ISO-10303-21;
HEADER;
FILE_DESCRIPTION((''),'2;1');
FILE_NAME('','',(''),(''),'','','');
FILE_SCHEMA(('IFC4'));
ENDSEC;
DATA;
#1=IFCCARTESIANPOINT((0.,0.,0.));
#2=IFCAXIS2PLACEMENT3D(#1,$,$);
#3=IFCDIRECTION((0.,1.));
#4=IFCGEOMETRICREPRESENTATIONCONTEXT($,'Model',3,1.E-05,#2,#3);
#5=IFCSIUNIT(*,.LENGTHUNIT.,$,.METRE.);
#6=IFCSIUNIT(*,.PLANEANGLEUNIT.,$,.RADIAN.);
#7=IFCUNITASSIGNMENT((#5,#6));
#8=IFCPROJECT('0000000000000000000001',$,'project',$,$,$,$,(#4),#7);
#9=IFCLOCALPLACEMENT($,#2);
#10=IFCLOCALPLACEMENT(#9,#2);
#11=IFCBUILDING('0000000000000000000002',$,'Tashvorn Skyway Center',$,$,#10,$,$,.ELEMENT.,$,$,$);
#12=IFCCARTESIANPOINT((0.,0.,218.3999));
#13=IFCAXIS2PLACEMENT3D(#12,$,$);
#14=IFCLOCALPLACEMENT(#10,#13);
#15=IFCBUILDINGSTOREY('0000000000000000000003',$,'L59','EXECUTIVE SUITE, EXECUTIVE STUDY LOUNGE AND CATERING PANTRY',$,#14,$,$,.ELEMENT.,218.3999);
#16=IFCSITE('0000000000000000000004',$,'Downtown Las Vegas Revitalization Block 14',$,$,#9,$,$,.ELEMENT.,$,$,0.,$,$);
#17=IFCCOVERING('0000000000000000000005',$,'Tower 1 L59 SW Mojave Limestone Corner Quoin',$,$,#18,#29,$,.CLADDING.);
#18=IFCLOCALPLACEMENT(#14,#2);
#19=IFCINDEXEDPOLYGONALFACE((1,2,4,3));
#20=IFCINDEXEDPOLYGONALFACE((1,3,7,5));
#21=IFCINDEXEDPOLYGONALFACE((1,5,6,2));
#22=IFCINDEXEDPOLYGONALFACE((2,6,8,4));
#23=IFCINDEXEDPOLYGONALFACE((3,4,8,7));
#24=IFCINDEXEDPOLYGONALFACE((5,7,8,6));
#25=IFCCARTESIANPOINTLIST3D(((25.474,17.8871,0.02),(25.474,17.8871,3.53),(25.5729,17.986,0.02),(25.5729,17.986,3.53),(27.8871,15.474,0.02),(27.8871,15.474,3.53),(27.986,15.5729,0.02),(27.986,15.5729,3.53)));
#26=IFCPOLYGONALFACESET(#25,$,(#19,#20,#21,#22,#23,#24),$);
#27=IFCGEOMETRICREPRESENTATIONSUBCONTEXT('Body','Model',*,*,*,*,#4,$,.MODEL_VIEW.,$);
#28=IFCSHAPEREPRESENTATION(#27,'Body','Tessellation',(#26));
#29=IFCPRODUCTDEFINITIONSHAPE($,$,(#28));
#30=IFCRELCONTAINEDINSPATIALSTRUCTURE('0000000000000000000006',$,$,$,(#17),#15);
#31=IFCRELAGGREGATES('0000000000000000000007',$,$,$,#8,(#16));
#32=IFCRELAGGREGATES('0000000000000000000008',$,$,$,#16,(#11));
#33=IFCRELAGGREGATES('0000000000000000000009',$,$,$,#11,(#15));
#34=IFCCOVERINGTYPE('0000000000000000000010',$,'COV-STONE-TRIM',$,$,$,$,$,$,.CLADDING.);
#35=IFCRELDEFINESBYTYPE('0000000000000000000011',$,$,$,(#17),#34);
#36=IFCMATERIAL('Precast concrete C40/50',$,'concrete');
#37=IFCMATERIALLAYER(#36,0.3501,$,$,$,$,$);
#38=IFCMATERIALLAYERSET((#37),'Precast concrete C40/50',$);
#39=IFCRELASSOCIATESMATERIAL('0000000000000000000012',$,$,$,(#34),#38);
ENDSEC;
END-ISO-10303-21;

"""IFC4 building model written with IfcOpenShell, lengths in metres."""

from ifc_helpers import new_model, si_unit, direction, frame, origin, origin_2d, place, context, subcontext, project, spatial, rectangle, extrude, material, layer, layer_set, type_object, element, save


model = new_model("IFC4")

# Units and contexts
model_context = context("Model", 3, precision=1e-05, world=origin(), true_north=direction((0.0, 1.0)))
body_context = subcontext(model_context, "Body", "Model", "MODEL_VIEW")
ifc_project = project(units=[si_unit("LENGTHUNIT", "METRE"), si_unit("PLANEANGLEUNIT", "RADIAN")], contexts=[model_context])

# Site, building, storey
site_placement = place(None, origin())
site = spatial("IfcSite", under=ifc_project, at=site_placement, Name="Downtown Las Vegas Revitalization Block 14", CompositionType="ELEMENT", RefElevation=0.0)
building_placement = place(site_placement, origin())
building = spatial("IfcBuilding", under=site, at=building_placement, Name="Tashvorn Skyway Center", CompositionType="ELEMENT")
storey_placement = place(building_placement, frame((0.0, 0.0, 218.3999)))
storey = spatial("IfcBuildingStorey", under=building, at=storey_placement, Name="L59", Description="EXECUTIVE SUITE, EXECUTIVE STUDY LOUNGE AND CATERING PANTRY", CompositionType="ELEMENT", Elevation=218.3999)

# Shared definitions
ifc_material_1 = material(Name="Precast concrete C40/50", Category="concrete")

# Covering
ifc_layer_1 = layer(ifc_material_1, 0.3501)
ifc_layer_set_1 = layer_set([ifc_layer_1], Name="Precast concrete C40/50")
covering_type_1 = type_object("IfcCoveringType", Name="COV-STONE-TRIM", PredefinedType="CLADDING", material=ifc_layer_set_1)
covering_1_placement = place(storey_placement, frame((26.73, 16.73, 0.02), z_axis=(0.0, 0.0, 1.0), x_axis=(-0.707107, 0.707107, 0.0)))
element("IfcCovering", 1, at=covering_1_placement, inside=storey, type_object=covering_type_1, Name="Tower 1 L59 SW Mojave Limestone Corner Quoin", PredefinedType="CLADDING", context=body_context, shape_type="SweptSolid", body=[
    extrude(rectangle(XDim=3.4126, YDim=0.1399, at=origin_2d()), origin(), (0.0, 0.0, 1.0), 3.51),
])

save(model, "model.ifc")
